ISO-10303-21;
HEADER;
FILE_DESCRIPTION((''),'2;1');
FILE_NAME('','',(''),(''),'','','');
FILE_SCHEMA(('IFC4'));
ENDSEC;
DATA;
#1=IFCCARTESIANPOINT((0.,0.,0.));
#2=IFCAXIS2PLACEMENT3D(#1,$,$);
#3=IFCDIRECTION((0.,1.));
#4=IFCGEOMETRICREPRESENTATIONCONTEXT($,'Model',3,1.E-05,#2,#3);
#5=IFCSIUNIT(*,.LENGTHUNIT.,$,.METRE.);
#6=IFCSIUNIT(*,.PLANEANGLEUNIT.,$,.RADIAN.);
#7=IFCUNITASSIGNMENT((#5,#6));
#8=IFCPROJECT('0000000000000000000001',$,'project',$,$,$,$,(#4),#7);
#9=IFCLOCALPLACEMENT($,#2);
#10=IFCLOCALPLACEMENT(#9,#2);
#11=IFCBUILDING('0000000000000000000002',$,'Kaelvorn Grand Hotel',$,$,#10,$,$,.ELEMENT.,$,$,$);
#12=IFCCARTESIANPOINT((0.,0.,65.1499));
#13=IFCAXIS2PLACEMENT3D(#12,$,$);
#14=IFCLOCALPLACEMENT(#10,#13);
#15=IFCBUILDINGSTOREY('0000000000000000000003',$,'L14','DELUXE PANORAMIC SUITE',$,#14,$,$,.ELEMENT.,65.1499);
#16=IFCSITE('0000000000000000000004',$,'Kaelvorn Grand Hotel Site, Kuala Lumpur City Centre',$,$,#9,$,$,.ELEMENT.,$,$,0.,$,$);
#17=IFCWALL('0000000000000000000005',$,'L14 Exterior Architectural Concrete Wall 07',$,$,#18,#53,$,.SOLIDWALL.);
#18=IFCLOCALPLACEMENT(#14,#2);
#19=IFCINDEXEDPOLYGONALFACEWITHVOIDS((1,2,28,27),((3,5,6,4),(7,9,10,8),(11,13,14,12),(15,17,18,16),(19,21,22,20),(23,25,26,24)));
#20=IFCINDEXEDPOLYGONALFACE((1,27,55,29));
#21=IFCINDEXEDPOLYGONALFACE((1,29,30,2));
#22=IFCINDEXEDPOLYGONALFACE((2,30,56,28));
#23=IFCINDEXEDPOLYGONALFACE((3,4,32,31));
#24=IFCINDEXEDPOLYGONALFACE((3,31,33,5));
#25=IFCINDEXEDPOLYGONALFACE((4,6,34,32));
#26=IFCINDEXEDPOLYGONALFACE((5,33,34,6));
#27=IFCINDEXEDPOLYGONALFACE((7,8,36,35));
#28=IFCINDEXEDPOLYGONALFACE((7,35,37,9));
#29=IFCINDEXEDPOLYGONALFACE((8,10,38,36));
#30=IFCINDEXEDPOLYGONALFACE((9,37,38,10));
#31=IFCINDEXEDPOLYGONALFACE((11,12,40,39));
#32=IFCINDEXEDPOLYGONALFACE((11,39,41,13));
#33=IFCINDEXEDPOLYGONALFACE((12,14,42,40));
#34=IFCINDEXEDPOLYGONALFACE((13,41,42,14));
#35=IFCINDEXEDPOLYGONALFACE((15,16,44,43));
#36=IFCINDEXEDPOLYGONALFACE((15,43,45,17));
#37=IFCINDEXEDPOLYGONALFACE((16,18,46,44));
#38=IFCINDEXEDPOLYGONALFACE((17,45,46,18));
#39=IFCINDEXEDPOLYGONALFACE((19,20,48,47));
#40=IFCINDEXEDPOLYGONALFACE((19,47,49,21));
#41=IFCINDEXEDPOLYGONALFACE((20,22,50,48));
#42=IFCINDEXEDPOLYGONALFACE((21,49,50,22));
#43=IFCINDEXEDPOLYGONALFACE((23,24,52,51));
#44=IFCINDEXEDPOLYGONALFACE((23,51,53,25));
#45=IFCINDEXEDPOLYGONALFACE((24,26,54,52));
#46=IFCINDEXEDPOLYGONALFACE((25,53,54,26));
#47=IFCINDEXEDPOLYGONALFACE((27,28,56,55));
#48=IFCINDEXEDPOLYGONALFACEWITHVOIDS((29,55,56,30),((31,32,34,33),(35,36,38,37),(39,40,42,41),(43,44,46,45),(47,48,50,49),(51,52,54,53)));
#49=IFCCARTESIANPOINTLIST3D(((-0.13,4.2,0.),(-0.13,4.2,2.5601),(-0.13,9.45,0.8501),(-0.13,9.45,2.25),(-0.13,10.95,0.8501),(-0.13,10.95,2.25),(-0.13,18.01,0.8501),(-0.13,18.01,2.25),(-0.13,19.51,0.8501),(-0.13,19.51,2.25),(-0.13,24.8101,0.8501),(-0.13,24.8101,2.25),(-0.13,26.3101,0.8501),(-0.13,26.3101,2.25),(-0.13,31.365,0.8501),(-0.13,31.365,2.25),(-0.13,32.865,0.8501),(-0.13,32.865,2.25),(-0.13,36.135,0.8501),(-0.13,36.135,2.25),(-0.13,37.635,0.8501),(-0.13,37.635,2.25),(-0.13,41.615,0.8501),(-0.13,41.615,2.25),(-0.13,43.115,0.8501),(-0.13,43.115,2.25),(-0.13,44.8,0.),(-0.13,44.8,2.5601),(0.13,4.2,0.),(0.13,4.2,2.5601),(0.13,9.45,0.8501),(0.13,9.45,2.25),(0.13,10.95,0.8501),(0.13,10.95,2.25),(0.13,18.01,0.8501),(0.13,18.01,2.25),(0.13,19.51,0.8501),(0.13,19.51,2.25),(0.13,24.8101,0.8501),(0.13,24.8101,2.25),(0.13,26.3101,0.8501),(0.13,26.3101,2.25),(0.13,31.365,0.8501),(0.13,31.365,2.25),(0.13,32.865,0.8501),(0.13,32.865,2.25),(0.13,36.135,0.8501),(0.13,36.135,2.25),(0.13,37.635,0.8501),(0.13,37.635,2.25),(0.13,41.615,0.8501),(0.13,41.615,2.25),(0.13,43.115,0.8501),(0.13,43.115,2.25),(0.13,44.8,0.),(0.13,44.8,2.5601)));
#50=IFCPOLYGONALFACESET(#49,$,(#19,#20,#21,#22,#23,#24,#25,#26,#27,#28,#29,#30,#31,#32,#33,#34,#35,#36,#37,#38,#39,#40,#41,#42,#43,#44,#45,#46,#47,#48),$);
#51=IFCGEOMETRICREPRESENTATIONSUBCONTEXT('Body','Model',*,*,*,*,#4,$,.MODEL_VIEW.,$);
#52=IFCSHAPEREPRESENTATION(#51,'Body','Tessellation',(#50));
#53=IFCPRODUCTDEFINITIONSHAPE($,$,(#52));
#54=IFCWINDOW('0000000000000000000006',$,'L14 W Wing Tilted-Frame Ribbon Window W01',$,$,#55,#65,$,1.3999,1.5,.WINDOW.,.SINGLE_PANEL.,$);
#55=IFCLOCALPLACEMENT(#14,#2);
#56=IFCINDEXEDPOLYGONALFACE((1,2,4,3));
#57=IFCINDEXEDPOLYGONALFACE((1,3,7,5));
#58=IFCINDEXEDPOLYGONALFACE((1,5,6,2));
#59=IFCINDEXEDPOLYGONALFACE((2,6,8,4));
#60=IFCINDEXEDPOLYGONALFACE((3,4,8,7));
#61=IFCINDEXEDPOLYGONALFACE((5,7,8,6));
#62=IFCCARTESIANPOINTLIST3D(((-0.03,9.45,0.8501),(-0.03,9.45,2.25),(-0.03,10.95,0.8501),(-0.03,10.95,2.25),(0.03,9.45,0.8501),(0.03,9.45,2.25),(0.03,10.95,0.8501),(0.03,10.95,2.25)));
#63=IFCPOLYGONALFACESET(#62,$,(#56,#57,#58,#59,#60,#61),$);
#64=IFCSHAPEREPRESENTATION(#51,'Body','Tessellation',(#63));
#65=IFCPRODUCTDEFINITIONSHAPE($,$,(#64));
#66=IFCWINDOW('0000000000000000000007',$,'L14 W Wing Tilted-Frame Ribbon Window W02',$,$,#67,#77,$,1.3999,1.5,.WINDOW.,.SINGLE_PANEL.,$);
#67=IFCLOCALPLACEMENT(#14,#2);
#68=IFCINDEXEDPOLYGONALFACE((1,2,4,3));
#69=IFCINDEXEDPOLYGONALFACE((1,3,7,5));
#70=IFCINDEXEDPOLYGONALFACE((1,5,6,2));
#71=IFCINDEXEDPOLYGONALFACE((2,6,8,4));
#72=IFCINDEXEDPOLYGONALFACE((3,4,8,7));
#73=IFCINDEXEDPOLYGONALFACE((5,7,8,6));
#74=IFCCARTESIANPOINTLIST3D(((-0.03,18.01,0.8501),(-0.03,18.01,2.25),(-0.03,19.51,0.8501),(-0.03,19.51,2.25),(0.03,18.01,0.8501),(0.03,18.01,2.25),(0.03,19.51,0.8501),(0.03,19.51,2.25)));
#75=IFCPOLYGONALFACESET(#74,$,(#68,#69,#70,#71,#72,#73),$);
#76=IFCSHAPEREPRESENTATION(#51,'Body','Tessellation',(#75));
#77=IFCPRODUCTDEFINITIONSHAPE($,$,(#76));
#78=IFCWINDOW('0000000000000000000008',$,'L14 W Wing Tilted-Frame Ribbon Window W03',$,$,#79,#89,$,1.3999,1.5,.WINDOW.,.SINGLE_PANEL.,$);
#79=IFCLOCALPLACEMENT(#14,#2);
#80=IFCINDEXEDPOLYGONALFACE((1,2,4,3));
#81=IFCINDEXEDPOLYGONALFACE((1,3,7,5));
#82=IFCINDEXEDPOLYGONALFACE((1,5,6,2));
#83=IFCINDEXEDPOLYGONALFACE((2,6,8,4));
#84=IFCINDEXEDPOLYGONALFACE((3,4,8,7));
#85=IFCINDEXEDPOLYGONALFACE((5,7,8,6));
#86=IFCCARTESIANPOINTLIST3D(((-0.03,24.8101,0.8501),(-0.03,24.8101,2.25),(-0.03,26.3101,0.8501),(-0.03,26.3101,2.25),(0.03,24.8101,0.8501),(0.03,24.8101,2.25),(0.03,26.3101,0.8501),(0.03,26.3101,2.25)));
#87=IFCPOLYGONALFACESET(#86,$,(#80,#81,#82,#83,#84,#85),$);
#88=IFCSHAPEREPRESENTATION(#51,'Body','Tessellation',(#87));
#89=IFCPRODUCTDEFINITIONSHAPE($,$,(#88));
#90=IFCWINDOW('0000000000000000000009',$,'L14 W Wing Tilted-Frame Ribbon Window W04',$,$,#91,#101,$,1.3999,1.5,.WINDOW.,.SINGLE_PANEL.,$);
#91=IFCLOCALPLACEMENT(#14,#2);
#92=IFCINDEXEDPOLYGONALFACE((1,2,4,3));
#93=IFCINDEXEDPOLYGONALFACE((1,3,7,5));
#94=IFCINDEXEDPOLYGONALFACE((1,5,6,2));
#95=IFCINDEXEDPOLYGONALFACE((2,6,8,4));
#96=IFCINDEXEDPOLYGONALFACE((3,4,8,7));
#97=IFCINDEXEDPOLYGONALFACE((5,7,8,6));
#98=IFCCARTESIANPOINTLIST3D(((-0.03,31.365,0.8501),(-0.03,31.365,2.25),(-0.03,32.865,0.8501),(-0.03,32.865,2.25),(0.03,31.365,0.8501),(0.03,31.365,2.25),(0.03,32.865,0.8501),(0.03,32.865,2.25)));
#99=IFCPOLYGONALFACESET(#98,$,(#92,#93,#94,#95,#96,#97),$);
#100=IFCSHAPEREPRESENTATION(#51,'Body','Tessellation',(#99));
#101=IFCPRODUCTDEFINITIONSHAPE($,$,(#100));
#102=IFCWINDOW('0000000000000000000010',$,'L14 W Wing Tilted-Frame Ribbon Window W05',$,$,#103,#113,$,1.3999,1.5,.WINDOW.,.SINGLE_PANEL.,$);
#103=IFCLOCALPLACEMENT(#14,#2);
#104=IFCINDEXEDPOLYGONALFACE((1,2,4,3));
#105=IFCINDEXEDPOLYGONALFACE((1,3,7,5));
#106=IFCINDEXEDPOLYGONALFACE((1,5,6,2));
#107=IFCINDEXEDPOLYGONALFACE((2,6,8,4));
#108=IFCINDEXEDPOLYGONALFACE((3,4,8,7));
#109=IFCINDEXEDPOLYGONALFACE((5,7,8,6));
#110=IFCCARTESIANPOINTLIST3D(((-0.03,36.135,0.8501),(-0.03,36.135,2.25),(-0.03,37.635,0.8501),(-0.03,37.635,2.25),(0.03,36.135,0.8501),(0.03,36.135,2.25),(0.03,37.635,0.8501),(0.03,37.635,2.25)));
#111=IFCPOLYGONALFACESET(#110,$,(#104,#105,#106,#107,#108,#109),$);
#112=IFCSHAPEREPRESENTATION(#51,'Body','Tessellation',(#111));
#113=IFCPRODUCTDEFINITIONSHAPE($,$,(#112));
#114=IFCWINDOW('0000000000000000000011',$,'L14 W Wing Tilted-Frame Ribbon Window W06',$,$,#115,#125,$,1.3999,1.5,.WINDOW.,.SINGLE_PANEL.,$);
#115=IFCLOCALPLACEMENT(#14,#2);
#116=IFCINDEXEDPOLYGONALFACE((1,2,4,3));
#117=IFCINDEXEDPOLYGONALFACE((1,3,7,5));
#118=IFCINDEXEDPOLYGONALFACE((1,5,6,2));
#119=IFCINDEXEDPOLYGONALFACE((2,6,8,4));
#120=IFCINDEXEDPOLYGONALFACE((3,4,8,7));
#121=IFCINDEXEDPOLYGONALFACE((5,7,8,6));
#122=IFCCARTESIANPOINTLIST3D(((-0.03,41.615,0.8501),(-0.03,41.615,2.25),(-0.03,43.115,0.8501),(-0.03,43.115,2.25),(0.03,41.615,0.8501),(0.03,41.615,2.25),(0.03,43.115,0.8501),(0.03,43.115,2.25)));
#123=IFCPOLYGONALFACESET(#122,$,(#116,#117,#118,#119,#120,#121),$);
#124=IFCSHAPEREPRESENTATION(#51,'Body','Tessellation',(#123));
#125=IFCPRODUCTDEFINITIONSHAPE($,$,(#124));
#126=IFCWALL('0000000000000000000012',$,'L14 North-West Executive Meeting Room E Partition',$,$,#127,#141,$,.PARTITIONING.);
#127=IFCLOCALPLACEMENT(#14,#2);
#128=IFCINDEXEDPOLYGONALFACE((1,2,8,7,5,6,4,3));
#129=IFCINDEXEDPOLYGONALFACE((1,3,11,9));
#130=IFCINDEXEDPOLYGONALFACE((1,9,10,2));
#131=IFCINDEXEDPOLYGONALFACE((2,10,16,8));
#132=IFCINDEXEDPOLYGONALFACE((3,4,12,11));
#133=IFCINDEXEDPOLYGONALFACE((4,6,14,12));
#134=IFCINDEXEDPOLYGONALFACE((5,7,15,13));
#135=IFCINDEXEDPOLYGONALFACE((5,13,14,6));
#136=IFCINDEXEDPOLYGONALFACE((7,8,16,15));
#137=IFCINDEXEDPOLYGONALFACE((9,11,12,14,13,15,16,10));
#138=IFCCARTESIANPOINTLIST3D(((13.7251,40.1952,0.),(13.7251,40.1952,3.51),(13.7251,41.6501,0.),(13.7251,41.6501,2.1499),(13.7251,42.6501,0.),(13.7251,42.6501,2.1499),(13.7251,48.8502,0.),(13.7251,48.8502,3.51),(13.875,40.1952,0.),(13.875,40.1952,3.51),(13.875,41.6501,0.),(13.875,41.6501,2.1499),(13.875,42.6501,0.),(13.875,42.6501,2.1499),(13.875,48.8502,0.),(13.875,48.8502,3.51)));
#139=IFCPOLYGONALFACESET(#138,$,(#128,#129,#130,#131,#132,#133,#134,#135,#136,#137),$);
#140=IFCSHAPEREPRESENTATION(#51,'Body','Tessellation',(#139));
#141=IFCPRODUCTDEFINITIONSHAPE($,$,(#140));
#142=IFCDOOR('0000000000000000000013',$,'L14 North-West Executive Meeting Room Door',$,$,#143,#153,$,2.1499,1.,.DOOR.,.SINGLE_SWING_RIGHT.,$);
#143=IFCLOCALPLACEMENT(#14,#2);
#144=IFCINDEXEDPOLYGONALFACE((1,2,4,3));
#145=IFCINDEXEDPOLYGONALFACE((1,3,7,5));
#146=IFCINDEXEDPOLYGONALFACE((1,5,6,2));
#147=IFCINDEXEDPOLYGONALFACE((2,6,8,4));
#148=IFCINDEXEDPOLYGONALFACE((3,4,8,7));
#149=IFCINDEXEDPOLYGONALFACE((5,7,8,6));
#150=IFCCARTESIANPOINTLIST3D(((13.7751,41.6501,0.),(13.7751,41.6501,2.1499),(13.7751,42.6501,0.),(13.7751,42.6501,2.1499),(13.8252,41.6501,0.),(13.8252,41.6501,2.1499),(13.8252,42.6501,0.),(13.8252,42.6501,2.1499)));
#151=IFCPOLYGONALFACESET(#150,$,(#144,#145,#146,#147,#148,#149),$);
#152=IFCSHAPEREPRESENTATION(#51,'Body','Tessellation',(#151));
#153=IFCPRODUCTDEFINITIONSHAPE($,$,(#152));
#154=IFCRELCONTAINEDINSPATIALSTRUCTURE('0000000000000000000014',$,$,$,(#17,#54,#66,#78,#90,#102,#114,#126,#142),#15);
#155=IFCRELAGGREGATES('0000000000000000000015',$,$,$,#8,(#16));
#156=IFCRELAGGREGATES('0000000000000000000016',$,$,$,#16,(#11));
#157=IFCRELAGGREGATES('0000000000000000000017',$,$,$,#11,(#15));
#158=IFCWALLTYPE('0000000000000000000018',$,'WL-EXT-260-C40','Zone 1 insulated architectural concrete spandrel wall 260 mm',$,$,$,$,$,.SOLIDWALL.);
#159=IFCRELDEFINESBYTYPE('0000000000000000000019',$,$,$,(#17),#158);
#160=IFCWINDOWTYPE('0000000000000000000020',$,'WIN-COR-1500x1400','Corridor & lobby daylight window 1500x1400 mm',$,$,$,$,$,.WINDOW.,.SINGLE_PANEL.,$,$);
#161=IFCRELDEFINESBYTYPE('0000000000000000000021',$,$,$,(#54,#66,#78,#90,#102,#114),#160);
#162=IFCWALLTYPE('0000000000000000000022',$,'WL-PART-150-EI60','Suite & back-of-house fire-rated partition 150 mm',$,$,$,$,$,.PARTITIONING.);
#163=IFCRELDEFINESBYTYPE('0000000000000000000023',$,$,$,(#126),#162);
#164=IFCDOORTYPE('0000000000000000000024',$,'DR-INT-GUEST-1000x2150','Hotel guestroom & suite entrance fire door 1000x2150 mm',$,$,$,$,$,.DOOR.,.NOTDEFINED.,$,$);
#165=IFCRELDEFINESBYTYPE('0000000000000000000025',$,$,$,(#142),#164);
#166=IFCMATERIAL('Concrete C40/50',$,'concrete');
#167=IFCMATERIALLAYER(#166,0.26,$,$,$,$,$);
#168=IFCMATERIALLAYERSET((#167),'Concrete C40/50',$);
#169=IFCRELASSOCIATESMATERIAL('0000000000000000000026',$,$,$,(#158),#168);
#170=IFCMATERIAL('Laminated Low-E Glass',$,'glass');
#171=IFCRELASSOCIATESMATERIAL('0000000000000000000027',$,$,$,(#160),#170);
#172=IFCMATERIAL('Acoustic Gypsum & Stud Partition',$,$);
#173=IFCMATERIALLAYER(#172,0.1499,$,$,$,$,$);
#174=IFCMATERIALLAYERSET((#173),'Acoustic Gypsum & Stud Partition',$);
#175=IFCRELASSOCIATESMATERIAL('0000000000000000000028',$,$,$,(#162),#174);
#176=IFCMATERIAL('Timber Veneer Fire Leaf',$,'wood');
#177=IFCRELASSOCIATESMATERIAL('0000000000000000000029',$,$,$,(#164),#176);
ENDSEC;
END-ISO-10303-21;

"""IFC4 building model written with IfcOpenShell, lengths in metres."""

from ifc_helpers import new_model, si_unit, direction, frame, frame_2d, origin, place, context, subcontext, project, spatial, rectangle, extrude, material, layer, layer_set, type_object, element, fill, save


model = new_model("IFC4")

# Units and contexts
model_context = context("Model", 3, precision=1e-05, world=origin(), true_north=direction((0.0, 1.0)))
body_context = subcontext(model_context, "Body", "Model", "MODEL_VIEW")
ifc_project = project(units=[si_unit("LENGTHUNIT", "METRE"), si_unit("PLANEANGLEUNIT", "RADIAN")], contexts=[model_context])

# Site, building, storey
site_placement = place(None, origin())
site = spatial("IfcSite", under=ifc_project, at=site_placement, Name="Kaelvorn Grand Hotel Site, Kuala Lumpur City Centre", CompositionType="ELEMENT", RefElevation=0.0)
building_placement = place(site_placement, origin())
building = spatial("IfcBuilding", under=site, at=building_placement, Name="Kaelvorn Grand Hotel", CompositionType="ELEMENT")
storey_placement = place(building_placement, frame((0.0, 0.0, 65.1499)))
storey = spatial("IfcBuildingStorey", under=building, at=storey_placement, Name="L14", Description="DELUXE PANORAMIC SUITE", CompositionType="ELEMENT", Elevation=65.1499)

# Shared definitions
ifc_material_1 = material(Name="Concrete C40/50", Category="concrete")
ifc_layer_1 = layer(ifc_material_1, 0.26)
ifc_layer_set_1 = layer_set([ifc_layer_1], Name="Concrete C40/50")
wall_type_1 = type_object("IfcWallType", Name="WL-EXT-260-C40", Description="Zone 1 insulated architectural concrete spandrel wall 260 mm", PredefinedType="SOLIDWALL", material=ifc_layer_set_1)

# Wall, openings, windows
wall_1_placement = place(storey_placement, frame((0.0, 44.8, 0.0), z_axis=(0.0, 0.0, 1.0), x_axis=(0.0, -1.0, 0.0)))
wall_1 = element("IfcWall", 1, at=wall_1_placement, inside=storey, type_object=wall_type_1, Name="L14 Exterior Architectural Concrete Wall 07", PredefinedType="SOLIDWALL", context=body_context, shape_type="SweptSolid", body=[
    extrude(rectangle(XDim=40.6001, YDim=0.26, at=frame_2d((20.3, 0.0))), origin(), (0.0, 0.0, 1.0), 2.5601),
])
opening_1_placement = place(wall_1_placement, frame((33.8501, 0.0, 0.8501)))
opening_1 = element("IfcOpeningElement", 2, at=opening_1_placement, cuts=wall_1, PredefinedType="OPENING", context=body_context, shape_type="SweptSolid", body=[
    extrude(rectangle(XDim=1.5, YDim=1.3999, at=frame_2d((0.75, 0.7))), frame((0.0, 0.1401, 0.0), z_axis=(0.0, -1.0, 0.0), x_axis=(1.0, 0.0, 0.0)), (0.0, 0.0, 1.0), 0.28),
])
opening_2_placement = place(wall_1_placement, frame((25.29, 0.0, 0.8501)))
opening_2 = element("IfcOpeningElement", 3, at=opening_2_placement, cuts=wall_1, PredefinedType="OPENING", context=body_context, shape_type="SweptSolid", body=[
    extrude(rectangle(XDim=1.5, YDim=1.3999, at=frame_2d((0.75, 0.7))), frame((0.0, 0.1401, 0.0), z_axis=(0.0, -1.0, 0.0), x_axis=(1.0, 0.0, 0.0)), (0.0, 0.0, 1.0), 0.28),
])
opening_3_placement = place(wall_1_placement, frame((18.49, 0.0, 0.8501)))
opening_3 = element("IfcOpeningElement", 4, at=opening_3_placement, cuts=wall_1, PredefinedType="OPENING", context=body_context, shape_type="SweptSolid", body=[
    extrude(rectangle(XDim=1.5, YDim=1.3999, at=frame_2d((0.75, 0.7))), frame((0.0, 0.1401, 0.0), z_axis=(0.0, -1.0, 0.0), x_axis=(1.0, 0.0, 0.0)), (0.0, 0.0, 1.0), 0.28),
])
opening_4_placement = place(wall_1_placement, frame((11.9351, 0.0, 0.8501)))
opening_4 = element("IfcOpeningElement", 5, at=opening_4_placement, cuts=wall_1, PredefinedType="OPENING", context=body_context, shape_type="SweptSolid", body=[
    extrude(rectangle(XDim=1.5, YDim=1.3999, at=frame_2d((0.75, 0.7))), frame((0.0, 0.1401, 0.0), z_axis=(0.0, -1.0, 0.0), x_axis=(1.0, 0.0, 0.0)), (0.0, 0.0, 1.0), 0.28),
])
opening_5_placement = place(wall_1_placement, frame((7.165, 0.0, 0.8501)))
opening_5 = element("IfcOpeningElement", 6, at=opening_5_placement, cuts=wall_1, PredefinedType="OPENING", context=body_context, shape_type="SweptSolid", body=[
    extrude(rectangle(XDim=1.5, YDim=1.3999, at=frame_2d((0.75, 0.7))), frame((0.0, 0.1401, 0.0), z_axis=(0.0, -1.0, 0.0), x_axis=(1.0, 0.0, 0.0)), (0.0, 0.0, 1.0), 0.28),
])
opening_6_placement = place(wall_1_placement, frame((1.6851, 0.0, 0.8501)))
opening_6 = element("IfcOpeningElement", 7, at=opening_6_placement, cuts=wall_1, PredefinedType="OPENING", context=body_context, shape_type="SweptSolid", body=[
    extrude(rectangle(XDim=1.5, YDim=1.3999, at=frame_2d((0.75, 0.7))), frame((0.0, 0.1401, 0.0), z_axis=(0.0, -1.0, 0.0), x_axis=(1.0, 0.0, 0.0)), (0.0, 0.0, 1.0), 0.28),
])
ifc_material_2 = material(Name="Laminated Low-E Glass", Category="glass")
window_type = type_object("IfcWindowType", Name="WIN-COR-1500x1400", Description="Corridor & lobby daylight window 1500x1400 mm", PartitioningType="SINGLE_PANEL", PredefinedType="WINDOW", material=ifc_material_2)
window_1_placement = place(opening_1_placement, origin())
window_1 = element("IfcWindow", 8, at=window_1_placement, inside=storey, type_object=window_type, Name="L14 W Wing Tilted-Frame Ribbon Window W01", OverallHeight=1.3999, OverallWidth=1.5, PartitioningType="SINGLE_PANEL", PredefinedType="WINDOW", context=body_context, shape_type="SweptSolid", body=[
    extrude(rectangle(XDim=1.5, YDim=1.3999, at=frame_2d((0.75, 0.7))), frame((0.0, 0.03, 0.0), z_axis=(0.0, -1.0, 0.0), x_axis=(1.0, 0.0, 0.0)), (0.0, 0.0, 1.0), 0.0601),
])
fill(opening_1, window_1)
window_2_placement = place(opening_2_placement, origin())
window_2 = element("IfcWindow", 9, at=window_2_placement, inside=storey, type_object=window_type, Name="L14 W Wing Tilted-Frame Ribbon Window W02", OverallHeight=1.3999, OverallWidth=1.5, PartitioningType="SINGLE_PANEL", PredefinedType="WINDOW", context=body_context, shape_type="SweptSolid", body=[
    extrude(rectangle(XDim=1.5, YDim=1.3999, at=frame_2d((0.75, 0.7))), frame((0.0, 0.03, 0.0), z_axis=(0.0, -1.0, 0.0), x_axis=(1.0, 0.0, 0.0)), (0.0, 0.0, 1.0), 0.0601),
])
fill(opening_2, window_2)
window_3_placement = place(opening_3_placement, origin())
window_3 = element("IfcWindow", 10, at=window_3_placement, inside=storey, type_object=window_type, Name="L14 W Wing Tilted-Frame Ribbon Window W03", OverallHeight=1.3999, OverallWidth=1.5, PartitioningType="SINGLE_PANEL", PredefinedType="WINDOW", context=body_context, shape_type="SweptSolid", body=[
    extrude(rectangle(XDim=1.5, YDim=1.3999, at=frame_2d((0.75, 0.7))), frame((0.0, 0.03, 0.0), z_axis=(0.0, -1.0, 0.0), x_axis=(1.0, 0.0, 0.0)), (0.0, 0.0, 1.0), 0.0601),
])
fill(opening_3, window_3)
window_4_placement = place(opening_4_placement, origin())
window_4 = element("IfcWindow", 11, at=window_4_placement, inside=storey, type_object=window_type, Name="L14 W Wing Tilted-Frame Ribbon Window W04", OverallHeight=1.3999, OverallWidth=1.5, PartitioningType="SINGLE_PANEL", PredefinedType="WINDOW", context=body_context, shape_type="SweptSolid", body=[
    extrude(rectangle(XDim=1.5, YDim=1.3999, at=frame_2d((0.75, 0.7))), frame((0.0, 0.03, 0.0), z_axis=(0.0, -1.0, 0.0), x_axis=(1.0, 0.0, 0.0)), (0.0, 0.0, 1.0), 0.0601),
])
fill(opening_4, window_4)
window_5_placement = place(opening_5_placement, origin())
window_5 = element("IfcWindow", 12, at=window_5_placement, inside=storey, type_object=window_type, Name="L14 W Wing Tilted-Frame Ribbon Window W05", OverallHeight=1.3999, OverallWidth=1.5, PartitioningType="SINGLE_PANEL", PredefinedType="WINDOW", context=body_context, shape_type="SweptSolid", body=[
    extrude(rectangle(XDim=1.5, YDim=1.3999, at=frame_2d((0.75, 0.7))), frame((0.0, 0.03, 0.0), z_axis=(0.0, -1.0, 0.0), x_axis=(1.0, 0.0, 0.0)), (0.0, 0.0, 1.0), 0.0601),
])
fill(opening_5, window_5)
window_6_placement = place(opening_6_placement, origin())
window_6 = element("IfcWindow", 13, at=window_6_placement, inside=storey, type_object=window_type, Name="L14 W Wing Tilted-Frame Ribbon Window W06", OverallHeight=1.3999, OverallWidth=1.5, PartitioningType="SINGLE_PANEL", PredefinedType="WINDOW", context=body_context, shape_type="SweptSolid", body=[
    extrude(rectangle(XDim=1.5, YDim=1.3999, at=frame_2d((0.75, 0.7))), frame((0.0, 0.03, 0.0), z_axis=(0.0, -1.0, 0.0), x_axis=(1.0, 0.0, 0.0)), (0.0, 0.0, 1.0), 0.0601),
])
fill(opening_6, window_6)

# Wall, opening, door
ifc_material_3 = material(Name="Acoustic Gypsum & Stud Partition")
ifc_layer_2 = layer(ifc_material_3, 0.1499)
ifc_layer_set_2 = layer_set([ifc_layer_2], Name="Acoustic Gypsum & Stud Partition")
wall_type_2 = type_object("IfcWallType", Name="WL-PART-150-EI60", Description="Suite & back-of-house fire-rated partition 150 mm", PredefinedType="PARTITIONING", material=ifc_layer_set_2)
wall_2_placement = place(storey_placement, frame((13.8, 40.1951, 0.0), z_axis=(0.0, 0.0, 1.0), x_axis=(0.0, 1.0, 0.0)))
wall_2 = element("IfcWall", 14, at=wall_2_placement, inside=storey, type_object=wall_type_2, Name="L14 North-West Executive Meeting Room E Partition", PredefinedType="PARTITIONING", context=body_context, shape_type="SweptSolid", body=[
    extrude(rectangle(XDim=8.655, YDim=0.1499, at=frame_2d((4.3276, 0.0))), origin(), (0.0, 0.0, 1.0), 3.51),
])
opening_7_placement = place(wall_2_placement, frame((1.4551, 0.0, 0.0)))
opening_7 = element("IfcOpeningElement", 15, at=opening_7_placement, cuts=wall_2, PredefinedType="OPENING", context=body_context, shape_type="SweptSolid", body=[
    extrude(rectangle(XDim=1.0, YDim=2.1499, at=frame_2d((0.5, 1.075))), frame((0.0, 0.085, 0.0), z_axis=(0.0, -1.0, 0.0), x_axis=(1.0, 0.0, 0.0)), (0.0, 0.0, 1.0), 0.1699),
])
ifc_material_4 = material(Name="Timber Veneer Fire Leaf", Category="wood")
door_type = type_object("IfcDoorType", Name="DR-INT-GUEST-1000x2150", Description="Hotel guestroom & suite entrance fire door 1000x2150 mm", OperationType="NOTDEFINED", PredefinedType="DOOR", material=ifc_material_4)
door_placement = place(opening_7_placement, origin())
door = element("IfcDoor", 16, at=door_placement, inside=storey, type_object=door_type, Name="L14 North-West Executive Meeting Room Door", OperationType="SINGLE_SWING_RIGHT", OverallHeight=2.1499, OverallWidth=1.0, PredefinedType="DOOR", context=body_context, shape_type="SweptSolid", body=[
    extrude(rectangle(XDim=1.0, YDim=2.1499, at=frame_2d((0.5, 1.075))), frame((0.0, 0.0249, 0.0), z_axis=(0.0, -1.0, 0.0), x_axis=(1.0, 0.0, 0.0)), (0.0, 0.0, 1.0), 0.05),
])
fill(opening_7, door)

save(model, "model.ifc")
